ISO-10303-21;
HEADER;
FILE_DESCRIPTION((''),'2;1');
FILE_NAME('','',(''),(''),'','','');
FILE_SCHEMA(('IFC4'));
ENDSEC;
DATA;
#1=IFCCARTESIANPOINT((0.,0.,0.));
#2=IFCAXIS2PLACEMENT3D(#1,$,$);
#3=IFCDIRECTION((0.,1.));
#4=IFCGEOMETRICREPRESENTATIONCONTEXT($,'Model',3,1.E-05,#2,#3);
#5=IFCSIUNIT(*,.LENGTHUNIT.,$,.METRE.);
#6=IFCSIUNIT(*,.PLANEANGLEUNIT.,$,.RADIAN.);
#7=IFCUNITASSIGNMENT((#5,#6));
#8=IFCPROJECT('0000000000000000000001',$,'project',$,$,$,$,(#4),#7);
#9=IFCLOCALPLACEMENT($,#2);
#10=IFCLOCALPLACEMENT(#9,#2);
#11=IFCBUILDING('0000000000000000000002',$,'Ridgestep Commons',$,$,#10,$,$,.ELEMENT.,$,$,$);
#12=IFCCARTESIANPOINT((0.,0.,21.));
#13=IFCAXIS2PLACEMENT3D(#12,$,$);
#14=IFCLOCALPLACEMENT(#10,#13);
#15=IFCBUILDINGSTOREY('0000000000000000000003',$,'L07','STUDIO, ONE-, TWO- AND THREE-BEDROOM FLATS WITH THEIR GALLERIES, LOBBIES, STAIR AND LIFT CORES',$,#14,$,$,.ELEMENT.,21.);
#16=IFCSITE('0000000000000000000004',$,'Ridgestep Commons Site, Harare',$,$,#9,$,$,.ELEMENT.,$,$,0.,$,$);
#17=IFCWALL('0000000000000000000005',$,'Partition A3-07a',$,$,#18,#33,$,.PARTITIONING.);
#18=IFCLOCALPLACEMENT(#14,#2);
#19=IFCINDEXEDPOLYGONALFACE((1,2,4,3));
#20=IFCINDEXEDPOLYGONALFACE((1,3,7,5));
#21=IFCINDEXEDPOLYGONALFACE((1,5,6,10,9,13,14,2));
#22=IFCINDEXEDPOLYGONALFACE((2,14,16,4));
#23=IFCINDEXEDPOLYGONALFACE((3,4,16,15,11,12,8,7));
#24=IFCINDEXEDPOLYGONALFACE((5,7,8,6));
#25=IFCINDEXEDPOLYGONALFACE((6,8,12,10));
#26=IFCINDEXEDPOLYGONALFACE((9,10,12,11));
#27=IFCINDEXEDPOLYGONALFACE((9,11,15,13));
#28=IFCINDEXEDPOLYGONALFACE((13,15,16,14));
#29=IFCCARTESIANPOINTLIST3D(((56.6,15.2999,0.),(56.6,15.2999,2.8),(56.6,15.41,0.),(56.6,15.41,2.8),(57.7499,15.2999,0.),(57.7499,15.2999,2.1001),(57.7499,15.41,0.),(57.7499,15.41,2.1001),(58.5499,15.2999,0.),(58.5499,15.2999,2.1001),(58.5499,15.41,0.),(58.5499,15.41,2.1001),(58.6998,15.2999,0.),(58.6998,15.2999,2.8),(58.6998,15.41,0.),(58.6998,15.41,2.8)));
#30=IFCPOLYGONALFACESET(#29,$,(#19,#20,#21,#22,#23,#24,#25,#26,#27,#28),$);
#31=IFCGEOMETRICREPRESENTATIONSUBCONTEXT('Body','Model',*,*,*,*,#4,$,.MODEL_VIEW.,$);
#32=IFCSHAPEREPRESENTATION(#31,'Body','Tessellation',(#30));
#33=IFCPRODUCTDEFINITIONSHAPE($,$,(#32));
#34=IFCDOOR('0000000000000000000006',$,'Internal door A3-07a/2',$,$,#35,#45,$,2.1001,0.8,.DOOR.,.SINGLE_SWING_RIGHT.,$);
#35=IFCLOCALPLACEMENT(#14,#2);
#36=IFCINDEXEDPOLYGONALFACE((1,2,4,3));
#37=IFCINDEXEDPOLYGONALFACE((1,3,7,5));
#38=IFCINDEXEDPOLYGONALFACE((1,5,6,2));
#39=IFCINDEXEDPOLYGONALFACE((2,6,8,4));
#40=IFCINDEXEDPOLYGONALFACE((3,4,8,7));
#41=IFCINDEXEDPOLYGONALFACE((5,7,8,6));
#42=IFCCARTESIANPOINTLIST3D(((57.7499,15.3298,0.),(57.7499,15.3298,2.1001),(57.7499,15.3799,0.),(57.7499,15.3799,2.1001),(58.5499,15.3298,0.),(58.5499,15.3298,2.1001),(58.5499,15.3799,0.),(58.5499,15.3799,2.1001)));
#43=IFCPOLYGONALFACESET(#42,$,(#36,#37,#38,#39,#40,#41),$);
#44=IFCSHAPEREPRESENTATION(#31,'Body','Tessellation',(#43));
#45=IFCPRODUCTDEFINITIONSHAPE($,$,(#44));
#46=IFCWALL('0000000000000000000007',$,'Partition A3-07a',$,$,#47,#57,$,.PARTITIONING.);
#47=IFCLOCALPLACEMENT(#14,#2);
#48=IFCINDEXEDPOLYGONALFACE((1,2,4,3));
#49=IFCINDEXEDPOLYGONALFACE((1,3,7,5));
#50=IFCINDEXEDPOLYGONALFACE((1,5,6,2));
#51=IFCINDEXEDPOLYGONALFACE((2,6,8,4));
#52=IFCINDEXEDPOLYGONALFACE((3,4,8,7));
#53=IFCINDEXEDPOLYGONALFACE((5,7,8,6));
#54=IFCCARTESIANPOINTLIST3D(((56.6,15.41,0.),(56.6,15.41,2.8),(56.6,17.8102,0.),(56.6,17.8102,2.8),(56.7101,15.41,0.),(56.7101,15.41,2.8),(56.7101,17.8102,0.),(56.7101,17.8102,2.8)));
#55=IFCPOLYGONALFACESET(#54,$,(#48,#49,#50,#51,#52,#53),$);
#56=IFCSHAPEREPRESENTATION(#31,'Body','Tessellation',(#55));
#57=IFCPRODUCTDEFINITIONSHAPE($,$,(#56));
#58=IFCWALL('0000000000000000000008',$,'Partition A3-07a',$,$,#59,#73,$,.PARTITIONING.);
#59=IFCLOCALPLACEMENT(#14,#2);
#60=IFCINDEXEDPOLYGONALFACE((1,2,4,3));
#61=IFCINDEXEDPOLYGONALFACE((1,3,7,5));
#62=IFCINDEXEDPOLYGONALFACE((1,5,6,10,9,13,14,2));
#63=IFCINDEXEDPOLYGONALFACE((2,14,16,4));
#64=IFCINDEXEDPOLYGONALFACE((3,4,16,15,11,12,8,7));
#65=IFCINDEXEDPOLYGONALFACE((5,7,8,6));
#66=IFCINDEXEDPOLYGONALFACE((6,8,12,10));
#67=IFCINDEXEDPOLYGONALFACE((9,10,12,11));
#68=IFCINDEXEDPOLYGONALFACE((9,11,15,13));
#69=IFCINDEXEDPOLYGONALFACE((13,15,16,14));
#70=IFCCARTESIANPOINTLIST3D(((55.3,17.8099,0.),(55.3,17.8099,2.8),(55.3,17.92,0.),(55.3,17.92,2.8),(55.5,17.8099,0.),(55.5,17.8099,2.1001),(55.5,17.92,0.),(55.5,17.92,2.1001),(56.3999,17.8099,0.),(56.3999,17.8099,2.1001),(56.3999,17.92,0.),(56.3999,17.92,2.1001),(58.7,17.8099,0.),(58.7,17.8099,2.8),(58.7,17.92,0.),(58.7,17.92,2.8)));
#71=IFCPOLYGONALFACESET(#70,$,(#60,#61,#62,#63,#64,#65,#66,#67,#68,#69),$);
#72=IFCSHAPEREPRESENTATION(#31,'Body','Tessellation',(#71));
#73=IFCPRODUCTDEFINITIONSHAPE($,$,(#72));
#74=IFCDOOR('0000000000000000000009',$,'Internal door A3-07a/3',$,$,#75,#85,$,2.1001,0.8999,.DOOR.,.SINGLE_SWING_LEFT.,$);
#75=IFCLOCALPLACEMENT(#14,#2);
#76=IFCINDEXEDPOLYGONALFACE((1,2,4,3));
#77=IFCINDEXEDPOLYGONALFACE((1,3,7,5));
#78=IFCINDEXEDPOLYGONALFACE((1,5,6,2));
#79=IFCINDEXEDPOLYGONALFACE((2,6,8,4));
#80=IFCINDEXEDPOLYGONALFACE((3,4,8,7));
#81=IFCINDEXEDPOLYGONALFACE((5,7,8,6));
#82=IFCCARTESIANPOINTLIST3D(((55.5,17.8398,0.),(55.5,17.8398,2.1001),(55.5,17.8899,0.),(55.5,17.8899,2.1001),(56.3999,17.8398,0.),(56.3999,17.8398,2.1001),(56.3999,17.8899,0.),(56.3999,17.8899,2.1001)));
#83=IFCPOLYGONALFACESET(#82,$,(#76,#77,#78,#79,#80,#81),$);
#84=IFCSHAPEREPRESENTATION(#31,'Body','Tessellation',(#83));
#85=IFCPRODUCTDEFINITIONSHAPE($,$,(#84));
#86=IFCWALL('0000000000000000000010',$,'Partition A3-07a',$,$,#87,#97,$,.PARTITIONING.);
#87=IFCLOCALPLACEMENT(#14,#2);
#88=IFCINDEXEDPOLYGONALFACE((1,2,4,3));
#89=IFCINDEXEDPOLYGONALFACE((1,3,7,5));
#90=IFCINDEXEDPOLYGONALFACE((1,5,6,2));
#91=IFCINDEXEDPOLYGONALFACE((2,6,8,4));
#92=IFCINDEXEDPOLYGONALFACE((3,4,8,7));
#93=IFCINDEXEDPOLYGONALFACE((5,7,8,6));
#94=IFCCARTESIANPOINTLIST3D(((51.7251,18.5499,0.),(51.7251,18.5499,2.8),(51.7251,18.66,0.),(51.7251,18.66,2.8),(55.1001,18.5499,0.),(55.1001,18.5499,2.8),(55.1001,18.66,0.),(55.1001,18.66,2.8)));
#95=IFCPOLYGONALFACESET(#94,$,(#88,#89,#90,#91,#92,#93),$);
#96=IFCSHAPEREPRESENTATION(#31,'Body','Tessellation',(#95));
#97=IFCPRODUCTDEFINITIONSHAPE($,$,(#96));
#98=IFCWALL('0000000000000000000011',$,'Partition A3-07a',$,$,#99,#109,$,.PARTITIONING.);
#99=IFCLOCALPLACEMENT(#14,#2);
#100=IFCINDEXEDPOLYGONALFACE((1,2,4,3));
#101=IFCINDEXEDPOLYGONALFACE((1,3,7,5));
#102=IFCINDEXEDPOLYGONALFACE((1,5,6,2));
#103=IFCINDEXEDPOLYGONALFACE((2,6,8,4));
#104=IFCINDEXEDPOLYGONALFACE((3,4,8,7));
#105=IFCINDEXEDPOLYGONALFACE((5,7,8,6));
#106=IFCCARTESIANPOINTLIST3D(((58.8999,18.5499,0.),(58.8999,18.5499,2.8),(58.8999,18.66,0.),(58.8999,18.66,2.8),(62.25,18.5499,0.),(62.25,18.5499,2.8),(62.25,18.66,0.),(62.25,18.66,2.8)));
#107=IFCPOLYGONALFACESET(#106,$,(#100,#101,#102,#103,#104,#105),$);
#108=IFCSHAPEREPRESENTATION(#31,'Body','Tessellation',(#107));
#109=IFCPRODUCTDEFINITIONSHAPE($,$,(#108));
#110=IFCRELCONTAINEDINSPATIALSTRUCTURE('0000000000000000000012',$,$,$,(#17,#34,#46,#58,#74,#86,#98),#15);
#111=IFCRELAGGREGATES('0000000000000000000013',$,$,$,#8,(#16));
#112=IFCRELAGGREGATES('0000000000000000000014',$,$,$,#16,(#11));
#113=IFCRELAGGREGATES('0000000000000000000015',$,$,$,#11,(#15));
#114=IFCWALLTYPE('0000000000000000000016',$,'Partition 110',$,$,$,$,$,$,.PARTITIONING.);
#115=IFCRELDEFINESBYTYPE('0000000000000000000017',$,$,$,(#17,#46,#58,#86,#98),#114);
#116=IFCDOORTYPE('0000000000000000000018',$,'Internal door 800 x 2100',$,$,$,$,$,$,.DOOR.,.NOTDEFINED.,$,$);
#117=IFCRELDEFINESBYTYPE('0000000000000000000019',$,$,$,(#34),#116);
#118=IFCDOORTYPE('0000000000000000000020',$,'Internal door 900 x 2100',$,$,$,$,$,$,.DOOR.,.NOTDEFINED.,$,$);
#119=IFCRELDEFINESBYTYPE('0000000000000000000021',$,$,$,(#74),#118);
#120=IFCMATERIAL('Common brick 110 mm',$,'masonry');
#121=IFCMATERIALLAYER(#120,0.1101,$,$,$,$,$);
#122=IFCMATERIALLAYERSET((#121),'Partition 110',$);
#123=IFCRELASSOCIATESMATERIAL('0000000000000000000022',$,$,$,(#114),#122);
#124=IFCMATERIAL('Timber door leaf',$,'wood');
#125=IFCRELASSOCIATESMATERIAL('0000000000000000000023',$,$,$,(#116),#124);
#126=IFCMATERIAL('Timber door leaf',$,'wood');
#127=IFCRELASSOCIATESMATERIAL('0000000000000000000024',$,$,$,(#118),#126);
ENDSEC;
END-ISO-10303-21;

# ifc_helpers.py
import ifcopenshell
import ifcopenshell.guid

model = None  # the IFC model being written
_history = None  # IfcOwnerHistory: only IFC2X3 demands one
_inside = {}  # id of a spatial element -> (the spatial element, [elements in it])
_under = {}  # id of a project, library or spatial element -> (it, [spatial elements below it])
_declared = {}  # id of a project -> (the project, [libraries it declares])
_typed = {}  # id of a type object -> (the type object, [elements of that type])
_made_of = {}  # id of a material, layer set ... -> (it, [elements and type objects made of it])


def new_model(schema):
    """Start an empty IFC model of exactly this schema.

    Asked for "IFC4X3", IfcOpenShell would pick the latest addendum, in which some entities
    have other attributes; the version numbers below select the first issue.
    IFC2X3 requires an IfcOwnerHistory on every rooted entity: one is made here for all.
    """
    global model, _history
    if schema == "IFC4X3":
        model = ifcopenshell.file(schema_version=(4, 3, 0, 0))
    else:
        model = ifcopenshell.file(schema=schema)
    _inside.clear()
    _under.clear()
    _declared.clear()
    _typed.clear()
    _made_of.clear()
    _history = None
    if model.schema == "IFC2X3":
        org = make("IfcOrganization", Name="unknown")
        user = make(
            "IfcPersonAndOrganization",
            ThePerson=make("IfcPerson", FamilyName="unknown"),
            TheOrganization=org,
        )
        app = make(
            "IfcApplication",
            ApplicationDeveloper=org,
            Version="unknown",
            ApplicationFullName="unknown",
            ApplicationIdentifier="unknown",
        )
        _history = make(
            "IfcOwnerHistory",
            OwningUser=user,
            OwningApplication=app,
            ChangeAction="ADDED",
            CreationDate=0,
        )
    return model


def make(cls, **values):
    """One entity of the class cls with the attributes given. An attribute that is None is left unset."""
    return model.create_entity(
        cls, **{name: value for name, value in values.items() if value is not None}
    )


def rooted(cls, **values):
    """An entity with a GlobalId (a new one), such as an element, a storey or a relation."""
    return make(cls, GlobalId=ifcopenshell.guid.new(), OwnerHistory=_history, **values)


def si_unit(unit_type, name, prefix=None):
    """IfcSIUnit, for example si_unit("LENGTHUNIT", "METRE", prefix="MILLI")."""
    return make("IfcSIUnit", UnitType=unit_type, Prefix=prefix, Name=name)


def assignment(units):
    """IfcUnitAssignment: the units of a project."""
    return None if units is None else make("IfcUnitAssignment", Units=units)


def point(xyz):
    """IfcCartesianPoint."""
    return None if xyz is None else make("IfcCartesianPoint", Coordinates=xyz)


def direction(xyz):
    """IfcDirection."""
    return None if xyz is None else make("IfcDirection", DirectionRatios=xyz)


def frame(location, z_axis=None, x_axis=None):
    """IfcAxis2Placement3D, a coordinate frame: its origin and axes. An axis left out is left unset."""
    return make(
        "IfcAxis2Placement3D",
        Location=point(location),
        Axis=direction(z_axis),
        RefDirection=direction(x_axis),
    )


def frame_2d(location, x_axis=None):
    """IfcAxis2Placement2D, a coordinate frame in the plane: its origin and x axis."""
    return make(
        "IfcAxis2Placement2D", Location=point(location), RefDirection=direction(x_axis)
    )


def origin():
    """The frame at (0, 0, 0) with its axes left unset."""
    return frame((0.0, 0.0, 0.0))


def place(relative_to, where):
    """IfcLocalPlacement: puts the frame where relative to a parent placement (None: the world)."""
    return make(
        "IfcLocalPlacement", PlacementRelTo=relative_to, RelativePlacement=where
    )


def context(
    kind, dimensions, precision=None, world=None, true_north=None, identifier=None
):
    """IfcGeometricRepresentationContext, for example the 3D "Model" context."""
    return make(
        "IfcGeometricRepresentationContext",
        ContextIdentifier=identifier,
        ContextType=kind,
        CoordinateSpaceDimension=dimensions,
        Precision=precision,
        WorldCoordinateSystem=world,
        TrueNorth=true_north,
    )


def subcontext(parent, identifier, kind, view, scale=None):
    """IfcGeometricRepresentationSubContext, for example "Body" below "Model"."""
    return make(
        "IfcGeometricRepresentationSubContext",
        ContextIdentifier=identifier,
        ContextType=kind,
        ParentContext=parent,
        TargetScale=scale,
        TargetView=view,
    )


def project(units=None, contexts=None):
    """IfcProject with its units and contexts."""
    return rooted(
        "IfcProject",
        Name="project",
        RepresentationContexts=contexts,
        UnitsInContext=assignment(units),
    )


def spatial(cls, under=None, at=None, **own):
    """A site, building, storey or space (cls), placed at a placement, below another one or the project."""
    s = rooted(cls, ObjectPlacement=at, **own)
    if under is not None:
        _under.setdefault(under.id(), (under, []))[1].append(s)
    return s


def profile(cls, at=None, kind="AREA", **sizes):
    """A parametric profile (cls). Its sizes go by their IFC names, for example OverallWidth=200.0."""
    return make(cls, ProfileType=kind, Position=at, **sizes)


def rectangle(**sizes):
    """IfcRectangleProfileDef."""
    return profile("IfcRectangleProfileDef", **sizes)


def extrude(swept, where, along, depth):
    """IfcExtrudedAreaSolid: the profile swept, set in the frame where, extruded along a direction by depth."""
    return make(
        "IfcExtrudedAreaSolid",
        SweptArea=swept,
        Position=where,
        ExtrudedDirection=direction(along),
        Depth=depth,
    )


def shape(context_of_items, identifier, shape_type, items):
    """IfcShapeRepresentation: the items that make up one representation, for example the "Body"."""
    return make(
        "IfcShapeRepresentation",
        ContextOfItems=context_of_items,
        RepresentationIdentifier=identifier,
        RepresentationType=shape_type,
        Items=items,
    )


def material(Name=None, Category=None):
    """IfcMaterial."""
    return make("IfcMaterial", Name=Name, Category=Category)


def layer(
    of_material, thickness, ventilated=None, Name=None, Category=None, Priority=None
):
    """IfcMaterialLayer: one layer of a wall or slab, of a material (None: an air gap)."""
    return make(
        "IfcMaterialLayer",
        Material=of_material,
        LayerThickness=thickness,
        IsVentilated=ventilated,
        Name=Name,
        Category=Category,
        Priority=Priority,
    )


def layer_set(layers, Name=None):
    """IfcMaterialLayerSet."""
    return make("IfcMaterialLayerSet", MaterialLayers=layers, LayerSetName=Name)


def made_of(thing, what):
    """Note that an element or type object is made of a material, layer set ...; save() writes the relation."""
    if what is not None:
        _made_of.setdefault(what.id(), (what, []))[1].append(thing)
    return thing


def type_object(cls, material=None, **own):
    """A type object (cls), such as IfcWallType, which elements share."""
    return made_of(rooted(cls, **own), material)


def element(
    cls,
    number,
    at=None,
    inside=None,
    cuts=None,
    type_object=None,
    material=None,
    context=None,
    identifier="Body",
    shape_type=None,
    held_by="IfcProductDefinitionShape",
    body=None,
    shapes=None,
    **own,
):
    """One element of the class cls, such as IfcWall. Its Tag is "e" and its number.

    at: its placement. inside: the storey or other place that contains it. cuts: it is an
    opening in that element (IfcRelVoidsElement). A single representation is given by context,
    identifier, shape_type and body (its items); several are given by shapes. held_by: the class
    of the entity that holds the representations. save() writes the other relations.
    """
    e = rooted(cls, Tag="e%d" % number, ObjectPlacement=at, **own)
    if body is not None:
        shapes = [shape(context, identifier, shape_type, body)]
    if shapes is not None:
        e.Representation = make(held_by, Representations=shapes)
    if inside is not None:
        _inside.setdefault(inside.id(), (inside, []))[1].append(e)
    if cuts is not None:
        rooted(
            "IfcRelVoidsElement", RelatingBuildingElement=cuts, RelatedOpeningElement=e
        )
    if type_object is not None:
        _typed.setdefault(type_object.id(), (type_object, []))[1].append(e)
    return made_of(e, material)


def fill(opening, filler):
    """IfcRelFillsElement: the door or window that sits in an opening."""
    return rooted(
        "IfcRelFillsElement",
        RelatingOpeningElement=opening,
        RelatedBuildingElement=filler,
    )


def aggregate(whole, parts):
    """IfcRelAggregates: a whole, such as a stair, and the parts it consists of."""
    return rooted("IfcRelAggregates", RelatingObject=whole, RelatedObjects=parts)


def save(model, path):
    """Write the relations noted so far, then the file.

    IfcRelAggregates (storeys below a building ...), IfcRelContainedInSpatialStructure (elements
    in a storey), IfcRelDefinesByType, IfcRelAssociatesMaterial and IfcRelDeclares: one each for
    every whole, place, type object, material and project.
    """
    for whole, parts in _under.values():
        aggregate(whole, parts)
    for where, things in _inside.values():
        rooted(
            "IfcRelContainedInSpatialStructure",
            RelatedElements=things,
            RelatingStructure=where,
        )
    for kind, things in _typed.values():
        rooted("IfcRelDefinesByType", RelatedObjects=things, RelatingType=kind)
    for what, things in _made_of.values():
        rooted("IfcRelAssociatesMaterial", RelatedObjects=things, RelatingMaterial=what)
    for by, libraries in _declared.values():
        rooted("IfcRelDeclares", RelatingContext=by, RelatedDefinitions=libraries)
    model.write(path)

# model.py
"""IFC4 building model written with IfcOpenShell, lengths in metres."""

from ifc_helpers import new_model, si_unit, direction, frame, frame_2d, origin, place, context, subcontext, project, spatial, rectangle, extrude, material, layer, layer_set, type_object, element, fill, save


model = new_model("IFC4")

# Units and contexts
model_context = context("Model", 3, precision=1e-05, world=origin(), true_north=direction((0.0, 1.0)))
body_context = subcontext(model_context, "Body", "Model", "MODEL_VIEW")
ifc_project = project(units=[si_unit("LENGTHUNIT", "METRE"), si_unit("PLANEANGLEUNIT", "RADIAN")], contexts=[model_context])

# Site, building, storey
site_placement = place(None, origin())
site = spatial("IfcSite", under=ifc_project, at=site_placement, Name="Ridgestep Commons Site, Harare", CompositionType="ELEMENT", RefElevation=0.0)
building_placement = place(site_placement, origin())
building = spatial("IfcBuilding", under=site, at=building_placement, Name="Ridgestep Commons", CompositionType="ELEMENT")
storey_placement = place(building_placement, frame((0.0, 0.0, 21.0)))
storey = spatial("IfcBuildingStorey", under=building, at=storey_placement, Name="L07", Description="STUDIO, ONE-, TWO- AND THREE-BEDROOM FLATS WITH THEIR GALLERIES, LOBBIES, STAIR AND LIFT CORES", CompositionType="ELEMENT", Elevation=21.0)

# Wall, opening, door
ifc_material_1 = material(Name="Common brick 110 mm", Category="masonry")
ifc_layer_1 = layer(ifc_material_1, 0.1101)
ifc_layer_set_1 = layer_set([ifc_layer_1], Name="Partition 110")
wall_type_1 = type_object("IfcWallType", Name="Partition 110", PredefinedType="PARTITIONING", material=ifc_layer_set_1)
wall_1_placement = place(storey_placement, frame((56.6001, 15.355, 0.0), z_axis=(0.0, 0.0, 1.0), x_axis=(1.0, 0.0, 0.0)))
wall_1 = element("IfcWall", 1, at=wall_1_placement, inside=storey, type_object=wall_type_1, Name="Partition A3-07a", PredefinedType="PARTITIONING", context=body_context, shape_type="SweptSolid", body=[
    extrude(rectangle(XDim=2.0999, YDim=0.1101, at=frame_2d((1.0498, 0.0))), origin(), (0.0, 0.0, 1.0), 2.8),
])
opening_1_placement = place(wall_1_placement, frame((1.1499, 0.0, 0.0)))
opening_1 = element("IfcOpeningElement", 2, at=opening_1_placement, cuts=wall_1, PredefinedType="OPENING", context=body_context, shape_type="SweptSolid", body=[
    extrude(rectangle(XDim=0.8, YDim=2.1001, at=frame_2d((0.3999, 1.05))), frame((0.0, 0.0649, 0.0), z_axis=(0.0, -1.0, 0.0), x_axis=(1.0, 0.0, 0.0)), (0.0, 0.0, 1.0), 0.1301),
])
ifc_material_2 = material(Name="Timber door leaf", Category="wood")
door_type_1 = type_object("IfcDoorType", Name="Internal door 800 x 2100", OperationType="NOTDEFINED", PredefinedType="DOOR", material=ifc_material_2)
door_1_placement = place(opening_1_placement, origin())
door_1 = element("IfcDoor", 3, at=door_1_placement, inside=storey, type_object=door_type_1, Name="Internal door A3-07a/2", OperationType="SINGLE_SWING_RIGHT", OverallHeight=2.1001, OverallWidth=0.8, PredefinedType="DOOR", context=body_context, shape_type="SweptSolid", body=[
    extrude(rectangle(XDim=0.8, YDim=2.1001, at=frame_2d((0.3999, 1.05))), frame((0.0, 0.0249, 0.0), z_axis=(0.0, -1.0, 0.0), x_axis=(1.0, 0.0, 0.0)), (0.0, 0.0, 1.0), 0.05),
])
fill(opening_1, door_1)

# Wall
wall_2_placement = place(storey_placement, frame((56.655, 15.4099, 0.0), z_axis=(0.0, 0.0, 1.0), x_axis=(0.0, 1.0, 0.0)))
element("IfcWall", 4, at=wall_2_placement, inside=storey, type_object=wall_type_1, Name="Partition A3-07a", PredefinedType="PARTITIONING", context=body_context, shape_type="SweptSolid", body=[
    extrude(rectangle(XDim=2.4001, YDim=0.1101, at=frame_2d((1.2002, 0.0))), origin(), (0.0, 0.0, 1.0), 2.8),
])

# Wall, opening, door
wall_3_placement = place(storey_placement, frame((55.3, 17.865, 0.0), z_axis=(0.0, 0.0, 1.0), x_axis=(1.0, 0.0, 0.0)))
wall_3 = element("IfcWall", 5, at=wall_3_placement, inside=storey, type_object=wall_type_1, Name="Partition A3-07a", PredefinedType="PARTITIONING", context=body_context, shape_type="SweptSolid", body=[
    extrude(rectangle(XDim=3.3999, YDim=0.1101, at=frame_2d((1.7, 0.0))), origin(), (0.0, 0.0, 1.0), 2.8),
])
opening_2_placement = place(wall_3_placement, frame((0.2, 0.0, 0.0)))
opening_2 = element("IfcOpeningElement", 6, at=opening_2_placement, cuts=wall_3, PredefinedType="OPENING", context=body_context, shape_type="SweptSolid", body=[
    extrude(rectangle(XDim=0.8999, YDim=2.1001, at=frame_2d((0.45, 1.05))), frame((0.0, 0.0649, 0.0), z_axis=(0.0, -1.0, 0.0), x_axis=(1.0, 0.0, 0.0)), (0.0, 0.0, 1.0), 0.1301),
])
ifc_material_3 = material(Name="Timber door leaf", Category="wood")
door_type_2 = type_object("IfcDoorType", Name="Internal door 900 x 2100", OperationType="NOTDEFINED", PredefinedType="DOOR", material=ifc_material_3)
door_2_placement = place(opening_2_placement, origin())
door_2 = element("IfcDoor", 7, at=door_2_placement, inside=storey, type_object=door_type_2, Name="Internal door A3-07a/3", OperationType="SINGLE_SWING_LEFT", OverallHeight=2.1001, OverallWidth=0.8999, PredefinedType="DOOR", context=body_context, shape_type="SweptSolid", body=[
    extrude(rectangle(XDim=0.8999, YDim=2.1001, at=frame_2d((0.45, 1.05))), frame((0.0, 0.0249, 0.0), z_axis=(0.0, -1.0, 0.0), x_axis=(1.0, 0.0, 0.0)), (0.0, 0.0, 1.0), 0.05),
])
fill(opening_2, door_2)

# Walls
wall_4_placement = place(storey_placement, frame((51.7251, 18.605, 0.0), z_axis=(0.0, 0.0, 1.0), x_axis=(1.0, 0.0, 0.0)))
element("IfcWall", 8, at=wall_4_placement, inside=storey, type_object=wall_type_1, Name="Partition A3-07a", PredefinedType="PARTITIONING", context=body_context, shape_type="SweptSolid", body=[
    extrude(rectangle(XDim=3.375, YDim=0.1101, at=frame_2d((1.6875, 0.0))), origin(), (0.0, 0.0, 1.0), 2.8),
])
wall_5_placement = place(storey_placement, frame((58.8999, 18.605, 0.0), z_axis=(0.0, 0.0, 1.0), x_axis=(1.0, 0.0, 0.0)))
element("IfcWall", 9, at=wall_5_placement, inside=storey, type_object=wall_type_1, Name="Partition A3-07a", PredefinedType="PARTITIONING", context=body_context, shape_type="SweptSolid", body=[
    extrude(rectangle(XDim=3.3501, YDim=0.1101, at=frame_2d((1.675, 0.0))), origin(), (0.0, 0.0, 1.0), 2.8),
])

save(model, "model.ifc")
